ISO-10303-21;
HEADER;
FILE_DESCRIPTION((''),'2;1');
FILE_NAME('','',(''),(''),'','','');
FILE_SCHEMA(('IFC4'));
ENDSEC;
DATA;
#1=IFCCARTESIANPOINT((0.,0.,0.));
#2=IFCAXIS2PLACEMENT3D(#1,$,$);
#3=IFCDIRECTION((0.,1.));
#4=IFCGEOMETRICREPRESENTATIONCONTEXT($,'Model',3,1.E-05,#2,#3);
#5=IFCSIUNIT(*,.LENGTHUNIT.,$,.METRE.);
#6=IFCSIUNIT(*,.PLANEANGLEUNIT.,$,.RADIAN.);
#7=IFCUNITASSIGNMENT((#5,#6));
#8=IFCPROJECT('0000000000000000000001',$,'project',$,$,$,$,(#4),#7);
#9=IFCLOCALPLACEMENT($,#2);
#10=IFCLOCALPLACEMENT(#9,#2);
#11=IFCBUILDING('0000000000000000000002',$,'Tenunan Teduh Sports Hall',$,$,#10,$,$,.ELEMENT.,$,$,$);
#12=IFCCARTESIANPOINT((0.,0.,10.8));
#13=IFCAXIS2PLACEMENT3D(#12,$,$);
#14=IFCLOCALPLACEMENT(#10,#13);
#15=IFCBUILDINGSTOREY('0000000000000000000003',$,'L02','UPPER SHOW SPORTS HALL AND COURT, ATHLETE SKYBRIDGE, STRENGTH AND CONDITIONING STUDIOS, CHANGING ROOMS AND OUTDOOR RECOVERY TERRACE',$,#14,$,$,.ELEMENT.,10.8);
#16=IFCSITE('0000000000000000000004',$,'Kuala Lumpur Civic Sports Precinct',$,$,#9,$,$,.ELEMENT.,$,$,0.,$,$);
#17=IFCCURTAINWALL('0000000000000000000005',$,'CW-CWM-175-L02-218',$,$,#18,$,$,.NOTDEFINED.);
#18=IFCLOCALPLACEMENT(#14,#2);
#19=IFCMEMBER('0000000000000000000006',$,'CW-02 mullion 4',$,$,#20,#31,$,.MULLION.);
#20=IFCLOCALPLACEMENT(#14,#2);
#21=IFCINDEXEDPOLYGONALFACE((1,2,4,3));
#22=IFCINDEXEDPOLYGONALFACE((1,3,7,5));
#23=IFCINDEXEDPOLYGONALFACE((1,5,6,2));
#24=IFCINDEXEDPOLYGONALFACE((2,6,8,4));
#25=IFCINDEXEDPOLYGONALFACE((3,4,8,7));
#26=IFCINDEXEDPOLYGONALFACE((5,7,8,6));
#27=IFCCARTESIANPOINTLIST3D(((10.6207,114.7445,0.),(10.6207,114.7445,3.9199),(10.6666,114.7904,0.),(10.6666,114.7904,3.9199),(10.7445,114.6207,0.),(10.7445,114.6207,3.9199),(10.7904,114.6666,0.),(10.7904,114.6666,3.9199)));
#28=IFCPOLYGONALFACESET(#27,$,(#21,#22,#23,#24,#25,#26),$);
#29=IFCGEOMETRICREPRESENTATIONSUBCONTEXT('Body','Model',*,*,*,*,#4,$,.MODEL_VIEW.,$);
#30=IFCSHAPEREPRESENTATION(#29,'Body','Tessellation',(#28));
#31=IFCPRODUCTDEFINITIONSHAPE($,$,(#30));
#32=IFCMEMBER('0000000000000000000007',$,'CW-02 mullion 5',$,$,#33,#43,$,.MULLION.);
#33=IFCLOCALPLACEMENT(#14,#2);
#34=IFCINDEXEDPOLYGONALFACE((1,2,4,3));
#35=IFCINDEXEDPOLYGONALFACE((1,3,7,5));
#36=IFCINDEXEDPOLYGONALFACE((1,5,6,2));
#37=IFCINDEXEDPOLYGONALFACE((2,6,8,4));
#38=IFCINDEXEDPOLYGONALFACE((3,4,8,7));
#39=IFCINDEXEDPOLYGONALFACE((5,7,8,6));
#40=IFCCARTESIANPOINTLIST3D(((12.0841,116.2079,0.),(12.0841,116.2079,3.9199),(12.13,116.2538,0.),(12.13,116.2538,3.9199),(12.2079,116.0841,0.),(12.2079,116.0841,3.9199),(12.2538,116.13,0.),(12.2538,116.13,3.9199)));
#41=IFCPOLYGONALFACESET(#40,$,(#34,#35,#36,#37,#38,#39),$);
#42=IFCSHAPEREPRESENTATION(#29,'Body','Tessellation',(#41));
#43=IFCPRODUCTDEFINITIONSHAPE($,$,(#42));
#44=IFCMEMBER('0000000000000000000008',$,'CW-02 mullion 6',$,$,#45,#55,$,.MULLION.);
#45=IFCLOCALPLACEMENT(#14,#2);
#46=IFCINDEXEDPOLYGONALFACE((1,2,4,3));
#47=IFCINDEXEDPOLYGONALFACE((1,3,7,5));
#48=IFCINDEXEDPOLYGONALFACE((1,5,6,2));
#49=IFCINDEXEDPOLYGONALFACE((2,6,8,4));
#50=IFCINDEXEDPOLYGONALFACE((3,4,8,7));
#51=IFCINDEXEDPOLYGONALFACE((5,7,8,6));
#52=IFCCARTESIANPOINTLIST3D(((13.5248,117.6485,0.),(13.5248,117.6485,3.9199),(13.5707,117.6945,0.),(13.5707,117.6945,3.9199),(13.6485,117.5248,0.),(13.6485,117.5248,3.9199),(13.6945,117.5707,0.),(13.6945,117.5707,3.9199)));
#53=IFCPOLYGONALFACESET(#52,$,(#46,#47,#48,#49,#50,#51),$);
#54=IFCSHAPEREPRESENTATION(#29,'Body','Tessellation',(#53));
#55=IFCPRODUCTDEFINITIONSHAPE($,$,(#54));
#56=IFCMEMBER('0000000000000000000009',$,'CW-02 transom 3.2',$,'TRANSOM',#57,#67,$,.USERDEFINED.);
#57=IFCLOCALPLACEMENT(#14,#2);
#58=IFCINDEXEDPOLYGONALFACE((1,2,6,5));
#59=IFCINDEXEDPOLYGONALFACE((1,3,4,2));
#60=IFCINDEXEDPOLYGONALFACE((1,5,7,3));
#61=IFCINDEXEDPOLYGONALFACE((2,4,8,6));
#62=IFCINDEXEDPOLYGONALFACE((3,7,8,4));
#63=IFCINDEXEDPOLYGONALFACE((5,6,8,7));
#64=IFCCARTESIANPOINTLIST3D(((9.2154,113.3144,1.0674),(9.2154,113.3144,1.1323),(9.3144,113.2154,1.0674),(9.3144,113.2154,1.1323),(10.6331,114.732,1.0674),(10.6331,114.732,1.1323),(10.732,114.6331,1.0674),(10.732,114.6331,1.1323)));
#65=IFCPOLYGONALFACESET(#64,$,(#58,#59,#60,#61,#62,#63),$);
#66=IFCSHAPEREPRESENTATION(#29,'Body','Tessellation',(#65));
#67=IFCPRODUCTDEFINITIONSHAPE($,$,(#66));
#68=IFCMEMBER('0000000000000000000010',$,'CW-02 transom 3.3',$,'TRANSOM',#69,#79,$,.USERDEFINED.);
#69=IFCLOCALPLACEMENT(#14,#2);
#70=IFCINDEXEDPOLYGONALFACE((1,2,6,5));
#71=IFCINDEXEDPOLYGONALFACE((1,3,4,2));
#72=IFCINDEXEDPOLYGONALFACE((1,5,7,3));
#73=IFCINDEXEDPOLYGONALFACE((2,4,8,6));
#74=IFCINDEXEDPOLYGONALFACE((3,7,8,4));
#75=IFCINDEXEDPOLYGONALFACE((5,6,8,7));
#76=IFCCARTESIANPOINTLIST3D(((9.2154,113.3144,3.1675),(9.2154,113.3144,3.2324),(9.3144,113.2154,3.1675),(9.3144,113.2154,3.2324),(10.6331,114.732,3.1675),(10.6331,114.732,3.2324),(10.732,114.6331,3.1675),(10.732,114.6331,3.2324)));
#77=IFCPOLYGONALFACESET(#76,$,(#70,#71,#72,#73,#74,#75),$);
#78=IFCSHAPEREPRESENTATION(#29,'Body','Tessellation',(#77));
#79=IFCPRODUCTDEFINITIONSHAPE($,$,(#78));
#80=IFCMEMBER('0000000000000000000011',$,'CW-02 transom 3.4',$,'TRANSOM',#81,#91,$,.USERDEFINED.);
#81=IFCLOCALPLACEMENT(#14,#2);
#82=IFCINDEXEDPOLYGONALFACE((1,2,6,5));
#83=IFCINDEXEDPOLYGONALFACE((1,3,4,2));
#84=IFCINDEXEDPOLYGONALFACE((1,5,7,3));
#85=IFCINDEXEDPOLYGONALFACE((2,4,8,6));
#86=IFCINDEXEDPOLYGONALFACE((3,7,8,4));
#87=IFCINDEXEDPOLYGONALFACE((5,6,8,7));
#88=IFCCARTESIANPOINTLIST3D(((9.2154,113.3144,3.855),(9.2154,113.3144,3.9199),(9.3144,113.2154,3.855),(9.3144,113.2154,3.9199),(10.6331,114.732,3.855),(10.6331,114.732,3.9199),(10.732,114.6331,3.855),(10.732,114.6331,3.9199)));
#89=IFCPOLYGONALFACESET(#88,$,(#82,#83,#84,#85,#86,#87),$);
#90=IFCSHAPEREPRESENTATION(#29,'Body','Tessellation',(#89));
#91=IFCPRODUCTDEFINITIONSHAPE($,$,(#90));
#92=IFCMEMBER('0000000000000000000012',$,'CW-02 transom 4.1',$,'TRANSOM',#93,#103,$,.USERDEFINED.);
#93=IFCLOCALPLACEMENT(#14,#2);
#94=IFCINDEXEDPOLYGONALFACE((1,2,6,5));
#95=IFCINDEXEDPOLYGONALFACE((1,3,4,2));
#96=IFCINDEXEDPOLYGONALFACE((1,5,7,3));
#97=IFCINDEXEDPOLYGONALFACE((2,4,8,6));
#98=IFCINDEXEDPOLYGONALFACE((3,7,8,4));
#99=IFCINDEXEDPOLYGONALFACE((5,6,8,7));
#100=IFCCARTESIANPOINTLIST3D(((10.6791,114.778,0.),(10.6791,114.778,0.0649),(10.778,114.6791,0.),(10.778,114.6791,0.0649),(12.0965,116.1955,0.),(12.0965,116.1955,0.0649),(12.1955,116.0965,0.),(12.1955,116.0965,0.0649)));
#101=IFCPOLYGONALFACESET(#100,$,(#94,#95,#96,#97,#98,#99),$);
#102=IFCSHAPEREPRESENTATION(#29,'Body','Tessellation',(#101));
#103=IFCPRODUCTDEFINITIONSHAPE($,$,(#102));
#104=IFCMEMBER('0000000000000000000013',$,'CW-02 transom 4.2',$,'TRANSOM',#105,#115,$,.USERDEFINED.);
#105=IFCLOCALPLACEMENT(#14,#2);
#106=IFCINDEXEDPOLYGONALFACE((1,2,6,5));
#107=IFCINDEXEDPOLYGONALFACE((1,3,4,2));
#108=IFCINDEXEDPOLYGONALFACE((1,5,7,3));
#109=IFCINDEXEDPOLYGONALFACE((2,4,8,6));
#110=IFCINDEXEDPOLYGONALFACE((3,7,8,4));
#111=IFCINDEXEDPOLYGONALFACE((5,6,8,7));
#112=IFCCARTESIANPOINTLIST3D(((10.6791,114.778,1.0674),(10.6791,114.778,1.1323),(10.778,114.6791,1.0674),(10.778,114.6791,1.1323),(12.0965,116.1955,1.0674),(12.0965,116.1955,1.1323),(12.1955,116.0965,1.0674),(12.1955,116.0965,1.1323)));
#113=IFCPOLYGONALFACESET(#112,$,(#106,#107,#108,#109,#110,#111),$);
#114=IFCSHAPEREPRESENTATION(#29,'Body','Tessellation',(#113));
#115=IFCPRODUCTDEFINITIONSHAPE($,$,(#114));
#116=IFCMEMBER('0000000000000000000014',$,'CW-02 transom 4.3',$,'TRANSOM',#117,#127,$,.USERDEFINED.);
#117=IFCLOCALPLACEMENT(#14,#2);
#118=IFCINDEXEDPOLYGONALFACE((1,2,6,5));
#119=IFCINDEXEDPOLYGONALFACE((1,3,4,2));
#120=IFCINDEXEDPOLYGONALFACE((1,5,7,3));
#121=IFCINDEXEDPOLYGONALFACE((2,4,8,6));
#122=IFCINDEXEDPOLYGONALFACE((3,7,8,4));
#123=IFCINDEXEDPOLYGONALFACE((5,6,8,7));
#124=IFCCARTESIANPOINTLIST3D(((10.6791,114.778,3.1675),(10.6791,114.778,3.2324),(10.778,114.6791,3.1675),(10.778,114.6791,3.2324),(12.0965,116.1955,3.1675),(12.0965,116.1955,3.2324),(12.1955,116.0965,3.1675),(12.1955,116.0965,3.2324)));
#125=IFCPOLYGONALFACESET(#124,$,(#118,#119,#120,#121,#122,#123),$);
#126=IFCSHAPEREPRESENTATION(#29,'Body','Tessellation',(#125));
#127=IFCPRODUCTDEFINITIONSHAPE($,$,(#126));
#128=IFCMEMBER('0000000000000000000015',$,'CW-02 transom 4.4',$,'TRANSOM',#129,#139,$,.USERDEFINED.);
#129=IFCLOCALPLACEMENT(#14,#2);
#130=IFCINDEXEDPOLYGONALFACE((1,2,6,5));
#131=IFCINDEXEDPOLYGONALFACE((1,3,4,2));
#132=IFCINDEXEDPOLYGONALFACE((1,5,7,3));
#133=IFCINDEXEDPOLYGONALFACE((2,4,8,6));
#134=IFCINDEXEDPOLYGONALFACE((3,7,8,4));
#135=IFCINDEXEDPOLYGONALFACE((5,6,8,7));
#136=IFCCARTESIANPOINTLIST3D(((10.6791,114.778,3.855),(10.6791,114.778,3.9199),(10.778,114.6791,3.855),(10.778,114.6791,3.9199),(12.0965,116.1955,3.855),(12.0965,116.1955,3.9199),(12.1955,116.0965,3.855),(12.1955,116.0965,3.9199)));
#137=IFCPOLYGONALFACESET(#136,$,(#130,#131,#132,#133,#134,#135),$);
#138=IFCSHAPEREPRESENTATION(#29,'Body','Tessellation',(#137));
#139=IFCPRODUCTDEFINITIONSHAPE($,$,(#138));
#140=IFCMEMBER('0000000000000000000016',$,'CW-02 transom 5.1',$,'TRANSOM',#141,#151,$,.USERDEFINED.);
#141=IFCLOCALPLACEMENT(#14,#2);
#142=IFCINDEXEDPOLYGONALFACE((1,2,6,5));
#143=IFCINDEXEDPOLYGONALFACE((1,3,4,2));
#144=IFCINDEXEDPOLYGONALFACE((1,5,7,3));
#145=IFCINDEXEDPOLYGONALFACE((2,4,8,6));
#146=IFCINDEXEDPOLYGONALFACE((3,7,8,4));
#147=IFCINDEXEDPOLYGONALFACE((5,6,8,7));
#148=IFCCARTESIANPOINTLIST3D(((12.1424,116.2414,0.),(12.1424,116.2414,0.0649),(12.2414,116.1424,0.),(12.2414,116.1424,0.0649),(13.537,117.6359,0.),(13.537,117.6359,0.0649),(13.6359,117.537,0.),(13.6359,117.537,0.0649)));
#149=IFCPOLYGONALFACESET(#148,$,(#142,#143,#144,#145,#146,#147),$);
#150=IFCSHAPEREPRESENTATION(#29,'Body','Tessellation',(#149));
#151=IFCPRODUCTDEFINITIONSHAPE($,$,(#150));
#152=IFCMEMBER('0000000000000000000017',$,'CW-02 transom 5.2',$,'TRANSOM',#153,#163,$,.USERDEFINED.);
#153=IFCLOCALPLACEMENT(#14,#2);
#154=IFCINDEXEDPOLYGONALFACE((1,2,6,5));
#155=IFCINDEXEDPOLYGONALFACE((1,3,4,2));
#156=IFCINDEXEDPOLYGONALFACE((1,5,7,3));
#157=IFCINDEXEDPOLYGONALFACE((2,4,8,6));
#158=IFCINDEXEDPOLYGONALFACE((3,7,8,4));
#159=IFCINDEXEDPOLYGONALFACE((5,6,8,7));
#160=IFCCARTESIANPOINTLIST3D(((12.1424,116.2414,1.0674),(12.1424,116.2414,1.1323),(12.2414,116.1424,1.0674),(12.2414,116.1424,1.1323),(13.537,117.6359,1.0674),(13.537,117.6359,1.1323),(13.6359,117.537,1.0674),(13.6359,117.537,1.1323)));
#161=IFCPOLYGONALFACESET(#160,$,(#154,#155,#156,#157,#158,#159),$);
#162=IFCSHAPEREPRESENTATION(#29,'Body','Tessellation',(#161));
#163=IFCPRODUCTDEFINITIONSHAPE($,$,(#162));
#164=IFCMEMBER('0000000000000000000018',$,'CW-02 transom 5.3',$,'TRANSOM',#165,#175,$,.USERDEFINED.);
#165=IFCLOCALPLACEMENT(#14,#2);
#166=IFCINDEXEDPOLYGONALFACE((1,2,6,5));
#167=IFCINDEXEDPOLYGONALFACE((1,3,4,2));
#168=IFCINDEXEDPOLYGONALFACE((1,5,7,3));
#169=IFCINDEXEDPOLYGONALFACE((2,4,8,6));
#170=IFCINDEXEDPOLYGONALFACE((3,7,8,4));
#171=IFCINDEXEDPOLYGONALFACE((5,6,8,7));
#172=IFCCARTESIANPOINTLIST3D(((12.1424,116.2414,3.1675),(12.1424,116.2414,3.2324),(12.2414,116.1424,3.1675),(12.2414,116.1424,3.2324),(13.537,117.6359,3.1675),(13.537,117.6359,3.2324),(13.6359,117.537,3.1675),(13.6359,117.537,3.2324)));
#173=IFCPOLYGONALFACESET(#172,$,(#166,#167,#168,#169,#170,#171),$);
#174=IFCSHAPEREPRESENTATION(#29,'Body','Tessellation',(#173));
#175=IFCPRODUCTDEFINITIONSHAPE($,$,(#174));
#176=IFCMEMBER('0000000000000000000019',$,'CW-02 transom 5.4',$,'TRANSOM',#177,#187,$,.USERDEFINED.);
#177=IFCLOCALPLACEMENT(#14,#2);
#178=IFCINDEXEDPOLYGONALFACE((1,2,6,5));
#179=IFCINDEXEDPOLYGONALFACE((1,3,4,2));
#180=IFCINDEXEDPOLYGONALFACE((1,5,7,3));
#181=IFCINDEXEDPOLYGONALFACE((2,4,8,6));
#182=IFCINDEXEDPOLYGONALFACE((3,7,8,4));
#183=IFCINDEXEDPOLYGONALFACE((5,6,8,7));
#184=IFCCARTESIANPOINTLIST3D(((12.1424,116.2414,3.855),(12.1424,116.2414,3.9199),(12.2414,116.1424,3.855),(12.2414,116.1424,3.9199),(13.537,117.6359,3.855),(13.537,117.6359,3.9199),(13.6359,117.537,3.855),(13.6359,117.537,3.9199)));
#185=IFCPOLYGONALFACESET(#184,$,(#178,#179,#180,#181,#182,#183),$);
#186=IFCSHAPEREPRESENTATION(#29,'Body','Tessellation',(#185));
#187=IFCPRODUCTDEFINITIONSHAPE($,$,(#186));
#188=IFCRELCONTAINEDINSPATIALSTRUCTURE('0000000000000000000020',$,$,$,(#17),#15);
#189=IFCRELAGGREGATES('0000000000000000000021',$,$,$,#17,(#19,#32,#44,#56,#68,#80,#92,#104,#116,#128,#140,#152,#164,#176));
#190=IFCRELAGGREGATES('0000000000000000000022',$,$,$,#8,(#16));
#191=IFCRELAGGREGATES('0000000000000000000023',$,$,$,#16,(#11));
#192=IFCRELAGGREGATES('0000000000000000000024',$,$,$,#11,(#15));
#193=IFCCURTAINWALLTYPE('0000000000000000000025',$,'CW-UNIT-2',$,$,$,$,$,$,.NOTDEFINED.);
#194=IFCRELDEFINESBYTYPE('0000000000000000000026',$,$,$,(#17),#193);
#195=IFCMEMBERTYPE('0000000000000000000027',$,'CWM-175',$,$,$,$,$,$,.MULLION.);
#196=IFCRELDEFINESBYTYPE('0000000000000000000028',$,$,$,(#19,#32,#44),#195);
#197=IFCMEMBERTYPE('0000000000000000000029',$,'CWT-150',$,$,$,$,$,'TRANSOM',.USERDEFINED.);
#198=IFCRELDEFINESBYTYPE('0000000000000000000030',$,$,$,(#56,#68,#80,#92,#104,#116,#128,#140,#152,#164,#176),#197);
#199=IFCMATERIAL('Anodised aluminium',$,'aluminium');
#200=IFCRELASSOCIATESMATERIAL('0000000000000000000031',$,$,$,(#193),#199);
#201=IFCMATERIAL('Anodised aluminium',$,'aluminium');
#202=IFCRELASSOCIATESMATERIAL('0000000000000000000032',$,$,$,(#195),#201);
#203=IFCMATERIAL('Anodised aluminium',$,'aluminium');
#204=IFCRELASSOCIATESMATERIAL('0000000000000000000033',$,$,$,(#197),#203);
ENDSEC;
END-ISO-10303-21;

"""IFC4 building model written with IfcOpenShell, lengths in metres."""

from ifc_helpers import new_model, si_unit, direction, frame, origin, origin_2d, place, context, subcontext, project, spatial, rectangle, extrude, material, material_profile, profile_set, type_object, element, aggregate, save


model = new_model("IFC4")

# Units and contexts
model_context = context("Model", 3, precision=1e-05, world=origin(), true_north=direction((0.0, 1.0)))
body_context = subcontext(model_context, "Body", "Model", "MODEL_VIEW")
ifc_project = project(units=[si_unit("LENGTHUNIT", "METRE"), si_unit("PLANEANGLEUNIT", "RADIAN")], contexts=[model_context])

# Site, building, storey
site_placement = place(None, origin())
site = spatial("IfcSite", under=ifc_project, at=site_placement, Name="Kuala Lumpur Civic Sports Precinct", CompositionType="ELEMENT", RefElevation=0.0)
building_placement = place(site_placement, origin())
building = spatial("IfcBuilding", under=site, at=building_placement, Name="Tenunan Teduh Sports Hall", CompositionType="ELEMENT")
storey_placement = place(building_placement, frame((0.0, 0.0, 10.8)))
storey = spatial("IfcBuildingStorey", under=building, at=storey_placement, Name="L02", Description="UPPER SHOW SPORTS HALL AND COURT, ATHLETE SKYBRIDGE, STRENGTH AND CONDITIONING STUDIOS, CHANGING ROOMS AND OUTDOOR RECOVERY TERRACE", CompositionType="ELEMENT", Elevation=10.8)

# Curtain wall, members
ifc_material_1 = material(Name="Anodised aluminium", Category="aluminium")
curtain_wall_type = type_object("IfcCurtainWallType", Name="CW-UNIT-2", PredefinedType="NOTDEFINED", material=ifc_material_1)
curtain_wall_placement = place(storey_placement, origin())
curtain_wall = element("IfcCurtainWall", 1, at=curtain_wall_placement, inside=storey, type_object=curtain_wall_type, Name="CW-CWM-175-L02-218", PredefinedType="NOTDEFINED")
ifc_material_2 = material(Name="Anodised aluminium", Category="aluminium")
ifc_material_profile_1 = material_profile(ifc_material_2, rectangle(XDim=0.0649, YDim=0.175, at=origin_2d()), Name="CWM 65x175")
ifc_profile_set_1 = profile_set([ifc_material_profile_1], Name="Anodised aluminium")
member_type_1 = type_object("IfcMemberType", Name="CWM-175", PredefinedType="MULLION", material=ifc_profile_set_1)
member_1_placement = place(storey_placement, frame((10.7056, 114.7056, 0.0), z_axis=(0.0, 0.0, 1.0), x_axis=(0.707107, 0.707107, 0.0)))
member_1 = element("IfcMember", 2, at=member_1_placement, type_object=member_type_1, Name="CW-02 mullion 4", PredefinedType="MULLION", context=body_context, shape_type="SweptSolid", body=[
    extrude(rectangle(XDim=0.0649, YDim=0.175, at=origin_2d()), origin(), (0.0, 0.0, 1.0), 3.9199),
])
member_2_placement = place(storey_placement, frame((12.1689, 116.1689, 0.0), z_axis=(0.0, 0.0, 1.0), x_axis=(0.707107, 0.707107, 0.0)))
member_2 = element("IfcMember", 3, at=member_2_placement, type_object=member_type_1, Name="CW-02 mullion 5", PredefinedType="MULLION", context=body_context, shape_type="SweptSolid", body=[
    extrude(rectangle(XDim=0.0649, YDim=0.175, at=origin_2d()), origin(), (0.0, 0.0, 1.0), 3.9199),
])
member_3_placement = place(storey_placement, frame((13.6096, 117.6096, 0.0), z_axis=(0.0, 0.0, 1.0), x_axis=(0.707107, 0.707107, 0.0)))
member_3 = element("IfcMember", 4, at=member_3_placement, type_object=member_type_1, Name="CW-02 mullion 6", PredefinedType="MULLION", context=body_context, shape_type="SweptSolid", body=[
    extrude(rectangle(XDim=0.0649, YDim=0.175, at=origin_2d()), origin(), (0.0, 0.0, 1.0), 3.9199),
])
ifc_material_3 = material(Name="Anodised aluminium", Category="aluminium")
ifc_material_profile_2 = material_profile(ifc_material_3, rectangle(XDim=0.0649, YDim=0.1399, at=origin_2d()), Name="CWT 65x140")
ifc_profile_set_2 = profile_set([ifc_material_profile_2], Name="Anodised aluminium")
member_type_2 = type_object("IfcMemberType", Name="CWT-150", ElementType="TRANSOM", PredefinedType="USERDEFINED", material=ifc_profile_set_2)
member_4_placement = place(storey_placement, frame((9.2649, 113.2649, 1.0999), z_axis=(0.707107, 0.707107, 0.0), x_axis=(0.0, 0.0, 1.0)))
member_4 = element("IfcMember", 5, at=member_4_placement, type_object=member_type_2, Name="CW-02 transom 3.2", ObjectType="TRANSOM", PredefinedType="USERDEFINED", context=body_context, shape_type="SweptSolid", body=[
    extrude(rectangle(XDim=0.0649, YDim=0.1399, at=origin_2d()), origin(), (0.0, 0.0, 1.0), 2.0049),
])
member_5_placement = place(storey_placement, frame((9.2649, 113.2649, 3.2), z_axis=(0.707107, 0.707107, 0.0), x_axis=(0.0, 0.0, 1.0)))
member_5 = element("IfcMember", 6, at=member_5_placement, type_object=member_type_2, Name="CW-02 transom 3.3", ObjectType="TRANSOM", PredefinedType="USERDEFINED", context=body_context, shape_type="SweptSolid", body=[
    extrude(rectangle(XDim=0.0649, YDim=0.1399, at=origin_2d()), origin(), (0.0, 0.0, 1.0), 2.0049),
])
member_6_placement = place(storey_placement, frame((9.2649, 113.2649, 3.8875), z_axis=(0.707107, 0.707107, 0.0), x_axis=(0.0, 0.0, 1.0)))
member_6 = element("IfcMember", 7, at=member_6_placement, type_object=member_type_2, Name="CW-02 transom 3.4", ObjectType="TRANSOM", PredefinedType="USERDEFINED", context=body_context, shape_type="SweptSolid", body=[
    extrude(rectangle(XDim=0.0649, YDim=0.1399, at=origin_2d()), origin(), (0.0, 0.0, 1.0), 2.0049),
])
member_7_placement = place(storey_placement, frame((10.7285, 114.7285, 0.0325), z_axis=(0.707107, 0.707107, 0.0), x_axis=(0.0, 0.0, 1.0)))
member_7 = element("IfcMember", 8, at=member_7_placement, type_object=member_type_2, Name="CW-02 transom 4.1", ObjectType="TRANSOM", PredefinedType="USERDEFINED", context=body_context, shape_type="SweptSolid", body=[
    extrude(rectangle(XDim=0.0649, YDim=0.1399, at=origin_2d()), origin(), (0.0, 0.0, 1.0), 2.0046),
])
member_8_placement = place(storey_placement, frame((10.7285, 114.7285, 1.0999), z_axis=(0.707107, 0.707107, 0.0), x_axis=(0.0, 0.0, 1.0)))
member_8 = element("IfcMember", 9, at=member_8_placement, type_object=member_type_2, Name="CW-02 transom 4.2", ObjectType="TRANSOM", PredefinedType="USERDEFINED", context=body_context, shape_type="SweptSolid", body=[
    extrude(rectangle(XDim=0.0649, YDim=0.1399, at=origin_2d()), origin(), (0.0, 0.0, 1.0), 2.0046),
])
member_9_placement = place(storey_placement, frame((10.7285, 114.7285, 3.2), z_axis=(0.707107, 0.707107, 0.0), x_axis=(0.0, 0.0, 1.0)))
member_9 = element("IfcMember", 10, at=member_9_placement, type_object=member_type_2, Name="CW-02 transom 4.3", ObjectType="TRANSOM", PredefinedType="USERDEFINED", context=body_context, shape_type="SweptSolid", body=[
    extrude(rectangle(XDim=0.0649, YDim=0.1399, at=origin_2d()), origin(), (0.0, 0.0, 1.0), 2.0046),
])
member_10_placement = place(storey_placement, frame((10.7285, 114.7285, 3.8875), z_axis=(0.707107, 0.707107, 0.0), x_axis=(0.0, 0.0, 1.0)))
member_10 = element("IfcMember", 11, at=member_10_placement, type_object=member_type_2, Name="CW-02 transom 4.4", ObjectType="TRANSOM", PredefinedType="USERDEFINED", context=body_context, shape_type="SweptSolid", body=[
    extrude(rectangle(XDim=0.0649, YDim=0.1399, at=origin_2d()), origin(), (0.0, 0.0, 1.0), 2.0046),
])
member_11_placement = place(storey_placement, frame((12.1919, 116.1919, 0.0325), z_axis=(0.707107, 0.707107, 0.0), x_axis=(0.0, 0.0, 1.0)))
member_11 = element("IfcMember", 12, at=member_11_placement, type_object=member_type_2, Name="CW-02 transom 5.1", ObjectType="TRANSOM", PredefinedType="USERDEFINED", context=body_context, shape_type="SweptSolid", body=[
    extrude(rectangle(XDim=0.0649, YDim=0.1399, at=origin_2d()), origin(), (0.0, 0.0, 1.0), 1.9722),
])
member_12_placement = place(storey_placement, frame((12.1919, 116.1919, 1.0999), z_axis=(0.707107, 0.707107, 0.0), x_axis=(0.0, 0.0, 1.0)))
member_12 = element("IfcMember", 13, at=member_12_placement, type_object=member_type_2, Name="CW-02 transom 5.2", ObjectType="TRANSOM", PredefinedType="USERDEFINED", context=body_context, shape_type="SweptSolid", body=[
    extrude(rectangle(XDim=0.0649, YDim=0.1399, at=origin_2d()), origin(), (0.0, 0.0, 1.0), 1.9722),
])
member_13_placement = place(storey_placement, frame((12.1919, 116.1919, 3.2), z_axis=(0.707107, 0.707107, 0.0), x_axis=(0.0, 0.0, 1.0)))
member_13 = element("IfcMember", 14, at=member_13_placement, type_object=member_type_2, Name="CW-02 transom 5.3", ObjectType="TRANSOM", PredefinedType="USERDEFINED", context=body_context, shape_type="SweptSolid", body=[
    extrude(rectangle(XDim=0.0649, YDim=0.1399, at=origin_2d()), origin(), (0.0, 0.0, 1.0), 1.9722),
])
member_14_placement = place(storey_placement, frame((12.1919, 116.1919, 3.8875), z_axis=(0.707107, 0.707107, 0.0), x_axis=(0.0, 0.0, 1.0)))
member_14 = element("IfcMember", 15, at=member_14_placement, type_object=member_type_2, Name="CW-02 transom 5.4", ObjectType="TRANSOM", PredefinedType="USERDEFINED", context=body_context, shape_type="SweptSolid", body=[
    extrude(rectangle(XDim=0.0649, YDim=0.1399, at=origin_2d()), origin(), (0.0, 0.0, 1.0), 1.9722),
])
aggregate(curtain_wall, [member_1, member_2, member_3, member_4, member_5, member_6, member_7, member_8, member_9, member_10, member_11, member_12, member_13, member_14])

save(model, "model.ifc")
